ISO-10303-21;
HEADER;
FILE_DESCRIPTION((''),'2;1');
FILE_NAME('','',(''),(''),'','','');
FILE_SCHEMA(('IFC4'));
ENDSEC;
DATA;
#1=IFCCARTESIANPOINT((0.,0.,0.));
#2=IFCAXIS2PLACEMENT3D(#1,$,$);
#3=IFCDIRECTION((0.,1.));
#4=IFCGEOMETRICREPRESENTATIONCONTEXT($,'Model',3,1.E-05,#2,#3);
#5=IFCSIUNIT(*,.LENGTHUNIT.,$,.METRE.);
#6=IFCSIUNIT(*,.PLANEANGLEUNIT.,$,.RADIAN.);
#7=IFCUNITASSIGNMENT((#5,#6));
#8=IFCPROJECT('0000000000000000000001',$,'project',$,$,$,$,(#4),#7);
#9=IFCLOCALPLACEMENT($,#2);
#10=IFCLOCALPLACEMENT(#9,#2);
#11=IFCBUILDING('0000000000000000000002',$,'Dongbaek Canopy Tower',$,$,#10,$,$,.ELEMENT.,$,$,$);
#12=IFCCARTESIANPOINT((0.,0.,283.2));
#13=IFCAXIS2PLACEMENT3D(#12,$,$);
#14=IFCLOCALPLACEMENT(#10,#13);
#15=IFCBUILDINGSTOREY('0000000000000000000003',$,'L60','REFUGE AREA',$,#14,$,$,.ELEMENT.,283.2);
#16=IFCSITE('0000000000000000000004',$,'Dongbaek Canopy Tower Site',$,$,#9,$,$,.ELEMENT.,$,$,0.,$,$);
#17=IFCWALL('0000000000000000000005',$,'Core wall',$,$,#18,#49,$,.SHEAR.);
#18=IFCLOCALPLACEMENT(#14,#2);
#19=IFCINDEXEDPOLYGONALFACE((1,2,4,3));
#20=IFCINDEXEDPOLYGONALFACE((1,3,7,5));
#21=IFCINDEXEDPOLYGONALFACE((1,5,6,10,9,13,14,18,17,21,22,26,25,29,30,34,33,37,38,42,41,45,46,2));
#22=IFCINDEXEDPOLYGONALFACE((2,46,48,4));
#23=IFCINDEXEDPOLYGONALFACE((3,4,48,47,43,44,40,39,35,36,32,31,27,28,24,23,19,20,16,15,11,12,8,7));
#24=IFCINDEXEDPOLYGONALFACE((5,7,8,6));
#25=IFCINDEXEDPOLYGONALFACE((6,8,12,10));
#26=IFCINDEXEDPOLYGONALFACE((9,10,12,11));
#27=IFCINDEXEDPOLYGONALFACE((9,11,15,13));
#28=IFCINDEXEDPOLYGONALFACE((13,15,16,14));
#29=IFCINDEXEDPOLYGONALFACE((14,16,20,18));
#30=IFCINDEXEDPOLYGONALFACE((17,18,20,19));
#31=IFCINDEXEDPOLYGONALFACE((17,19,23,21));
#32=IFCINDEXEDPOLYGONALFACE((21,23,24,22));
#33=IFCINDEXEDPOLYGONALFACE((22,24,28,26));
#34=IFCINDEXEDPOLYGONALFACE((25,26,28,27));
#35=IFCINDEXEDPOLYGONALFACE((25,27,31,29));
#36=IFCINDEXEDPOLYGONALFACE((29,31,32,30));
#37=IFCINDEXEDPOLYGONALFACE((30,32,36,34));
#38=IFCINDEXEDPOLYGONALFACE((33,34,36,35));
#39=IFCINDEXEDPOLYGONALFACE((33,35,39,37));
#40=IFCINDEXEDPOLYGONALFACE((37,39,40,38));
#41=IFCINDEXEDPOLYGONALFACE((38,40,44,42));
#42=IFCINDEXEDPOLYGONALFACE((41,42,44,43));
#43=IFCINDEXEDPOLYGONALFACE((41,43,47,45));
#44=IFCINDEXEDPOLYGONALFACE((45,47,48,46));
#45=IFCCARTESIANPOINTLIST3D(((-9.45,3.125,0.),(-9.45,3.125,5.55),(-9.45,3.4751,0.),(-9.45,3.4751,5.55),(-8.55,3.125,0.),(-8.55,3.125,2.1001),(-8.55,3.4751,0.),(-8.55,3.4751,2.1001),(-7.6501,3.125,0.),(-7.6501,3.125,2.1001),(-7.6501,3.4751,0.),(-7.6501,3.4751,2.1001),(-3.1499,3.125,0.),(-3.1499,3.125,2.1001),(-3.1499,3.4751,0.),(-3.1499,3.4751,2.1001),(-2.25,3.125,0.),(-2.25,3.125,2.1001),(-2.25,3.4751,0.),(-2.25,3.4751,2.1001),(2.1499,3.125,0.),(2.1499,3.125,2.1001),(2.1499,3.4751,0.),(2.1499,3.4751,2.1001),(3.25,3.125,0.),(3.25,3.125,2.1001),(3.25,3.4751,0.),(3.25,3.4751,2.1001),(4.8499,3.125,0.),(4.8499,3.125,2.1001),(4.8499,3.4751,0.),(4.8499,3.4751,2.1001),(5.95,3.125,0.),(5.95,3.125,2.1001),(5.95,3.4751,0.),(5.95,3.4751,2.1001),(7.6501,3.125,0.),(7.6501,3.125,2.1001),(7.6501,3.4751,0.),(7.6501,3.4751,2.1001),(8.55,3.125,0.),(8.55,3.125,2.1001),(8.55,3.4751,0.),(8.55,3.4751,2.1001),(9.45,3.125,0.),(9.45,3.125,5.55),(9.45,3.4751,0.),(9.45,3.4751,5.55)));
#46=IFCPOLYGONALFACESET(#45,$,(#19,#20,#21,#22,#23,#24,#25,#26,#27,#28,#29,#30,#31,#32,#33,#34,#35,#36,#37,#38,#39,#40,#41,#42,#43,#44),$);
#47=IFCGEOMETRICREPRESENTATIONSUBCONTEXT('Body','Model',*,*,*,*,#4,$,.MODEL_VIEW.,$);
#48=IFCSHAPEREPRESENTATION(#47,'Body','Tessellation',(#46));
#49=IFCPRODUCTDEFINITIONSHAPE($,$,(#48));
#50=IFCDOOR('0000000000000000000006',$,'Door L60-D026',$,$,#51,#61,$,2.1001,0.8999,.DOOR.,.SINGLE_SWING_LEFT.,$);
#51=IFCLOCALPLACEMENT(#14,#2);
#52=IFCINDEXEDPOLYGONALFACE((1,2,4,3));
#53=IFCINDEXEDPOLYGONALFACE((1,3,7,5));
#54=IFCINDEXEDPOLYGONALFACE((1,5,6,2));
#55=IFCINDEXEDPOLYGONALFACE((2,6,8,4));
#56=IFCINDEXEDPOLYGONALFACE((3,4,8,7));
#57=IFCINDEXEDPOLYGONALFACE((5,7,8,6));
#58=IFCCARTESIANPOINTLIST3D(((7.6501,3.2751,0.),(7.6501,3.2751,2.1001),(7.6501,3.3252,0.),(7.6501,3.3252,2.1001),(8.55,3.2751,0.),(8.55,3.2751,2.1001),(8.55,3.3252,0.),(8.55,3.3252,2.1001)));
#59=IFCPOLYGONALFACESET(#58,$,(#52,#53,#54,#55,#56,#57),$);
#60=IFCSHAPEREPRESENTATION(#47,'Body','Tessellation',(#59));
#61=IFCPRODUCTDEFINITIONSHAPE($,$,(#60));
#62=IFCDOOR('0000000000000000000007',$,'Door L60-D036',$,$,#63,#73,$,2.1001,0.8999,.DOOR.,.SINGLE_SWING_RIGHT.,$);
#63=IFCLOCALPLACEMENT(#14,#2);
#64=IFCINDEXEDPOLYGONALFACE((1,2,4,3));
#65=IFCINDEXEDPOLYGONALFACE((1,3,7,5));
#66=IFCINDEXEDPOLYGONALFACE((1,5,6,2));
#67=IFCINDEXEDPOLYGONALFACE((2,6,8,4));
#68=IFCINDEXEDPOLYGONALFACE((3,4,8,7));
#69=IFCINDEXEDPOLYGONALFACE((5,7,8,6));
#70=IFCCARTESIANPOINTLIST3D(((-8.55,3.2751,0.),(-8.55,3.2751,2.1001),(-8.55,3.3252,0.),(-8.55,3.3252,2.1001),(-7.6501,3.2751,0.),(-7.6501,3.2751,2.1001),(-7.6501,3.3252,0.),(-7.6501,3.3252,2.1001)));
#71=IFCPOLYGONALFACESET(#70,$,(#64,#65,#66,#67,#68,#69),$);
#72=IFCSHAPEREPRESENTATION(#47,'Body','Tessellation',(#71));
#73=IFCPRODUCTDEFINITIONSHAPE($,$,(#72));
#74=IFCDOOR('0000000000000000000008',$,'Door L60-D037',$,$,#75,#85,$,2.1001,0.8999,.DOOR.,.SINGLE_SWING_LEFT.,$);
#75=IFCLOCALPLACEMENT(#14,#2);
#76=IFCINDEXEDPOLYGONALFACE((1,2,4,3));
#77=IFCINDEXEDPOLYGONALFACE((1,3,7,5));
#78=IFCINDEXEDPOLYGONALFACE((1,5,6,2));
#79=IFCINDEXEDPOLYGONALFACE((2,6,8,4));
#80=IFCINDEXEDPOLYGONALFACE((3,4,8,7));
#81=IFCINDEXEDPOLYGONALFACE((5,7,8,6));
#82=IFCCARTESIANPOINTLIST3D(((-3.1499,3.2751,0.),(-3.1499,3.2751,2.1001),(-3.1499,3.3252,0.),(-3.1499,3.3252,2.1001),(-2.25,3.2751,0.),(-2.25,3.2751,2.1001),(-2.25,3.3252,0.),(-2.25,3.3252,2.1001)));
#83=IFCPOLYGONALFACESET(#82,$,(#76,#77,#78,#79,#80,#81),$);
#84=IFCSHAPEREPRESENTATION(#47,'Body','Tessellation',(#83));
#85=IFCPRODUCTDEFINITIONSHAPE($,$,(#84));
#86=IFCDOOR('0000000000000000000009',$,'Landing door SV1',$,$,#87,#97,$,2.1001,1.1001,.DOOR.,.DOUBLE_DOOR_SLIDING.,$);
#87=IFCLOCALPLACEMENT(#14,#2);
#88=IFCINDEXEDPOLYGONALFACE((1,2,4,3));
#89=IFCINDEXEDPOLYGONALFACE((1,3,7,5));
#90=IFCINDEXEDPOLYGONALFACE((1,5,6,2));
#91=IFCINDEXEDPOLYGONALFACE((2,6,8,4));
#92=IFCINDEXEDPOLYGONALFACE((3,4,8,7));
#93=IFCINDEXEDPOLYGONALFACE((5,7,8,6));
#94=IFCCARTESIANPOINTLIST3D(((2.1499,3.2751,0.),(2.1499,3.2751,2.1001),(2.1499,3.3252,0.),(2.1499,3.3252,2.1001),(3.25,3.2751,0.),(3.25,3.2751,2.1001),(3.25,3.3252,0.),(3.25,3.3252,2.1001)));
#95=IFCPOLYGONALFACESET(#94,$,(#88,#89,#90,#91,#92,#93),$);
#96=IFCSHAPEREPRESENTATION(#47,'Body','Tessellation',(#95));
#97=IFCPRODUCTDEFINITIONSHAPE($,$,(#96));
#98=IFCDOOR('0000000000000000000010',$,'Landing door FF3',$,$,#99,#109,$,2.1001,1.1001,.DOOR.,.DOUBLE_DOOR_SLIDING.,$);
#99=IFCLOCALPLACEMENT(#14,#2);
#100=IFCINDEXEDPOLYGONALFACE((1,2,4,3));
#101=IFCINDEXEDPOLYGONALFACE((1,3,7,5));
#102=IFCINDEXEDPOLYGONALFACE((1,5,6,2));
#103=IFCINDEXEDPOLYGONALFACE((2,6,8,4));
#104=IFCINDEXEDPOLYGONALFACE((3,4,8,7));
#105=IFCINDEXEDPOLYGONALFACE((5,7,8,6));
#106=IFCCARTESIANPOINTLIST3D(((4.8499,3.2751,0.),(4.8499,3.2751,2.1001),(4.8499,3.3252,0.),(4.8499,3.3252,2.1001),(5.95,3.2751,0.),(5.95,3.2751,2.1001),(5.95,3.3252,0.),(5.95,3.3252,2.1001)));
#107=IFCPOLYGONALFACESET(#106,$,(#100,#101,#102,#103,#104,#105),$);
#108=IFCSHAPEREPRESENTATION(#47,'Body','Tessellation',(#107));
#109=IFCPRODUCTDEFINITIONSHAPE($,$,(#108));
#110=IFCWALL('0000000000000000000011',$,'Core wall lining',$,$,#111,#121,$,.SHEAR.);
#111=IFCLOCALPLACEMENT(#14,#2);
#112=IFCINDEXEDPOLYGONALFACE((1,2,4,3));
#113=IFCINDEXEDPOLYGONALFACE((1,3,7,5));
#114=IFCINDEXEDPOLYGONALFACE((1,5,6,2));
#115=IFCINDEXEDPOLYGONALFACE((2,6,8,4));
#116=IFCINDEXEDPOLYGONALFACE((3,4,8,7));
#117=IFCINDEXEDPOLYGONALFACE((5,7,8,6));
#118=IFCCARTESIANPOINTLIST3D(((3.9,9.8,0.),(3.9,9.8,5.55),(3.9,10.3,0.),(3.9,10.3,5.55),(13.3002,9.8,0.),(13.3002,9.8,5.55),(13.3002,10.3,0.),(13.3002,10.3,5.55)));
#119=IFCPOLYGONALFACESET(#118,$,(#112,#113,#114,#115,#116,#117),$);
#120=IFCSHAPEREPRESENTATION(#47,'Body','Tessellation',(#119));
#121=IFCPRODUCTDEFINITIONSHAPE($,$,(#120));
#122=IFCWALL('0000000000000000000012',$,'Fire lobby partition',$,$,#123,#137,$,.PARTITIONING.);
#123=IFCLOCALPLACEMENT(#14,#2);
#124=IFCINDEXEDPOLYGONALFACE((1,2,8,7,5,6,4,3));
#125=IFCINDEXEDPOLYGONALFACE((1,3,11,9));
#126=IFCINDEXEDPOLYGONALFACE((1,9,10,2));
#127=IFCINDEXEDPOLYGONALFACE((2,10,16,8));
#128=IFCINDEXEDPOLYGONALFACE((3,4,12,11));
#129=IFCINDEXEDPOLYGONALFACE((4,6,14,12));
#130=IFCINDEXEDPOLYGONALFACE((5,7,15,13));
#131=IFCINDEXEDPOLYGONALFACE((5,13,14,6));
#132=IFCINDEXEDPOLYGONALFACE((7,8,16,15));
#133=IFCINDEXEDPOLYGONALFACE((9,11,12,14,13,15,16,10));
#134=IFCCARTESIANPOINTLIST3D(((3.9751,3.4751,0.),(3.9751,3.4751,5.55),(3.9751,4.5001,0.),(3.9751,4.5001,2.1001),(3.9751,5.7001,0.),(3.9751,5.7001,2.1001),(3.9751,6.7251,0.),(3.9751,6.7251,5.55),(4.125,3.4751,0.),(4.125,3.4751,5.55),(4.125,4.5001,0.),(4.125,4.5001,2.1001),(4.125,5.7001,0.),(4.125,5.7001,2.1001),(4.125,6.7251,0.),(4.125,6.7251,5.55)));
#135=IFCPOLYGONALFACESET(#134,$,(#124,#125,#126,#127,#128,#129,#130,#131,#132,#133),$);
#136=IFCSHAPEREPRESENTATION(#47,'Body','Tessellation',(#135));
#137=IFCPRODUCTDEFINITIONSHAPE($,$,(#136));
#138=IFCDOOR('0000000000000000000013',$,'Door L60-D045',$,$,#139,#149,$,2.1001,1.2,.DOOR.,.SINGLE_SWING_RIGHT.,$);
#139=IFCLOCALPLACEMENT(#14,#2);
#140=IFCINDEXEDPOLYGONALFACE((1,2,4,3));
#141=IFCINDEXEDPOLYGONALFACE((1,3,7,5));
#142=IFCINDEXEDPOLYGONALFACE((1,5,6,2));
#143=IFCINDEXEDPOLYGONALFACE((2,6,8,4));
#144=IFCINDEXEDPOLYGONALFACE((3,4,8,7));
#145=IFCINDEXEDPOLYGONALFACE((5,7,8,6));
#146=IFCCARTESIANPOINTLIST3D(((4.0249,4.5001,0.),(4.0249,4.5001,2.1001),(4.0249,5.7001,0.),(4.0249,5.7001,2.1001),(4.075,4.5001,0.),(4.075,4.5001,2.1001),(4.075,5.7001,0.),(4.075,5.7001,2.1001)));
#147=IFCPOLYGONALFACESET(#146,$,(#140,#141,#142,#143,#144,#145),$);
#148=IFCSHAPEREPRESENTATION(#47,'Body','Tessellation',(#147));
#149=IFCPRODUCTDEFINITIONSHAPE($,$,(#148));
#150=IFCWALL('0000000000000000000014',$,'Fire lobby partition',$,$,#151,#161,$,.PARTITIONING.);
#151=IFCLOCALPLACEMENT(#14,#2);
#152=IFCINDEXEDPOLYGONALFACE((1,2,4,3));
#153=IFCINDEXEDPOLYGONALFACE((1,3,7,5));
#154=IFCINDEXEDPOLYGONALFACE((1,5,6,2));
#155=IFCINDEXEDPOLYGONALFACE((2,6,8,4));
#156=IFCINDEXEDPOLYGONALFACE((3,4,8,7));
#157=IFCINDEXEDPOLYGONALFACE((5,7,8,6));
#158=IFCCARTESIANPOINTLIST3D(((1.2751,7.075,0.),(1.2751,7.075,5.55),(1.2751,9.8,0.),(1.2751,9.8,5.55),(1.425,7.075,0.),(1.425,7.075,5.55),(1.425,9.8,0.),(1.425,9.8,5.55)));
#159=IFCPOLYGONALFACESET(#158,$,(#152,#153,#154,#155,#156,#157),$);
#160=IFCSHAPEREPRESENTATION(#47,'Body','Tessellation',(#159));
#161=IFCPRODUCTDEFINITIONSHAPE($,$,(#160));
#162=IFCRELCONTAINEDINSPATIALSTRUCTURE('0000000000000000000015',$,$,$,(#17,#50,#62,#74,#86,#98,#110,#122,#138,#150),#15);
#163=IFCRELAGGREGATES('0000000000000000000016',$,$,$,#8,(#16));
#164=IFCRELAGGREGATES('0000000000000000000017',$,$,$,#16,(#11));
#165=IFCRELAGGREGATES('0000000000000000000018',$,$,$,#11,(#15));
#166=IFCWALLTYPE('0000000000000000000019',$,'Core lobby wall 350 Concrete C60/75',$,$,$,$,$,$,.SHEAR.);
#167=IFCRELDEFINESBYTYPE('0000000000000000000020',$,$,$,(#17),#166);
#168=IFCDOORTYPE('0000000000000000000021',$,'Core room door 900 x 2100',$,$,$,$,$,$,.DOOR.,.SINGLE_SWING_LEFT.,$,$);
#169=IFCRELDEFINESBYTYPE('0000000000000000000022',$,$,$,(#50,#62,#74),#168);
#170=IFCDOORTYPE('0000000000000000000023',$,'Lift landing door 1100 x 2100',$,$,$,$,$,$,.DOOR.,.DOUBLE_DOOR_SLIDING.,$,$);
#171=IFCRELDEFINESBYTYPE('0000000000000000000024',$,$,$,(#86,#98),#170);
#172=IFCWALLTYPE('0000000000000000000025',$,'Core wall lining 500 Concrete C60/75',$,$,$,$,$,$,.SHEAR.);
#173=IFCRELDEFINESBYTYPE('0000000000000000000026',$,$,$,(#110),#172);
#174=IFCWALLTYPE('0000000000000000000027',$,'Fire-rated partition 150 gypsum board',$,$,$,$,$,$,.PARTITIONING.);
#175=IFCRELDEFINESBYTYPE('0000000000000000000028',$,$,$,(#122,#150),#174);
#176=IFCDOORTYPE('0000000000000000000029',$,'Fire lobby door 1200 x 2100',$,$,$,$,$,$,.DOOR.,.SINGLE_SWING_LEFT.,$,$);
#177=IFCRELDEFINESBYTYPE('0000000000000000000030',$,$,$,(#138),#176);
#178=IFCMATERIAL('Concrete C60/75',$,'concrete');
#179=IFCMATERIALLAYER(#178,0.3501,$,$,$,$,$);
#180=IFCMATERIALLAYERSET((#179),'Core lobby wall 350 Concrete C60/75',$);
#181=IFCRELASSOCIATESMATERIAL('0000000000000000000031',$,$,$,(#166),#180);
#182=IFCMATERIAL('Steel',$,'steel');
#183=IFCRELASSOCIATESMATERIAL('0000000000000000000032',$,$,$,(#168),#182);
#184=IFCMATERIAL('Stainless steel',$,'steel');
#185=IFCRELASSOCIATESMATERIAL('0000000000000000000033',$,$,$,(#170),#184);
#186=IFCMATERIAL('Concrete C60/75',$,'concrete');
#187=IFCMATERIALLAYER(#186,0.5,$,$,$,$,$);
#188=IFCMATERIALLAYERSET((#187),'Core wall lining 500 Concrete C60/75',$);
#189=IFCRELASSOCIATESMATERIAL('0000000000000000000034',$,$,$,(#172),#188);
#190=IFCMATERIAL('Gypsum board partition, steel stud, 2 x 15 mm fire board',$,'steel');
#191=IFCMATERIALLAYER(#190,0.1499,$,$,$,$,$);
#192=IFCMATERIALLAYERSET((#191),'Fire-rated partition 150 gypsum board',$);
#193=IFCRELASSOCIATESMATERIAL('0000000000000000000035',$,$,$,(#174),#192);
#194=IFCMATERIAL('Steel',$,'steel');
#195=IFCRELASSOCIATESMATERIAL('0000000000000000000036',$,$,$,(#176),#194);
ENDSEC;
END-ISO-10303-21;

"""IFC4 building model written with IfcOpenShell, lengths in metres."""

from ifc_helpers import new_model, si_unit, direction, frame, frame_2d, origin, place, context, subcontext, project, spatial, rectangle, extrude, material, layer, layer_set, type_object, element, fill, save


model = new_model("IFC4")

# Units and contexts
model_context = context("Model", 3, precision=1e-05, world=origin(), true_north=direction((0.0, 1.0)))
body_context = subcontext(model_context, "Body", "Model", "MODEL_VIEW")
ifc_project = project(units=[si_unit("LENGTHUNIT", "METRE"), si_unit("PLANEANGLEUNIT", "RADIAN")], contexts=[model_context])

# Site, building, storey
site_placement = place(None, origin())
site = spatial("IfcSite", under=ifc_project, at=site_placement, Name="Dongbaek Canopy Tower Site", CompositionType="ELEMENT", RefElevation=0.0)
building_placement = place(site_placement, origin())
building = spatial("IfcBuilding", under=site, at=building_placement, Name="Dongbaek Canopy Tower", CompositionType="ELEMENT")
storey_placement = place(building_placement, frame((0.0, 0.0, 283.2)))
storey = spatial("IfcBuildingStorey", under=building, at=storey_placement, Name="L60", Description="REFUGE AREA", CompositionType="ELEMENT", Elevation=283.2)

# Wall, openings, doors
ifc_material_1 = material(Name="Concrete C60/75", Category="concrete")
ifc_layer_1 = layer(ifc_material_1, 0.3501)
ifc_layer_set_1 = layer_set([ifc_layer_1], Name="Core lobby wall 350 Concrete C60/75")
wall_type_1 = type_object("IfcWallType", Name="Core lobby wall 350 Concrete C60/75", PredefinedType="SHEAR", material=ifc_layer_set_1)
wall_1_placement = place(storey_placement, frame((9.45, 3.3, 0.0), z_axis=(0.0, 0.0, 1.0), x_axis=(-1.0, 0.0, 0.0)))
wall_1 = element("IfcWall", 1, at=wall_1_placement, inside=storey, type_object=wall_type_1, Name="Core wall", PredefinedType="SHEAR", context=body_context, shape_type="SweptSolid", body=[
    extrude(rectangle(XDim=18.8999, YDim=0.3501, at=frame_2d((9.45, 0.0))), origin(), (0.0, 0.0, 1.0), 5.55),
])
opening_1_placement = place(wall_1_placement, frame((6.2, 0.0, 0.0)))
opening_1 = element("IfcOpeningElement", 2, at=opening_1_placement, cuts=wall_1, PredefinedType="OPENING", context=body_context, shape_type="SweptSolid", body=[
    extrude(rectangle(XDim=1.1001, YDim=2.1001, at=frame_2d((0.55, 1.05))), frame((0.0, 0.1851, 0.0), z_axis=(0.0, -1.0, 0.0), x_axis=(1.0, 0.0, 0.0)), (0.0, 0.0, 1.0), 0.3701),
])
opening_2_placement = place(wall_1_placement, frame((3.5, 0.0, 0.0)))
opening_2 = element("IfcOpeningElement", 3, at=opening_2_placement, cuts=wall_1, PredefinedType="OPENING", context=body_context, shape_type="SweptSolid", body=[
    extrude(rectangle(XDim=1.1001, YDim=2.1001, at=frame_2d((0.55, 1.05))), frame((0.0, 0.1851, 0.0), z_axis=(0.0, -1.0, 0.0), x_axis=(1.0, 0.0, 0.0)), (0.0, 0.0, 1.0), 0.3701),
])
opening_3_placement = place(wall_1_placement, frame((0.8999, 0.0, 0.0)))
opening_3 = element("IfcOpeningElement", 4, at=opening_3_placement, cuts=wall_1, PredefinedType="OPENING", context=body_context, shape_type="SweptSolid", body=[
    extrude(rectangle(XDim=0.8999, YDim=2.1001, at=frame_2d((0.45, 1.05))), frame((0.0, 0.1851, 0.0), z_axis=(0.0, -1.0, 0.0), x_axis=(1.0, 0.0, 0.0)), (0.0, 0.0, 1.0), 0.3701),
])
opening_4_placement = place(wall_1_placement, frame((17.1001, 0.0, 0.0)))
opening_4 = element("IfcOpeningElement", 5, at=opening_4_placement, cuts=wall_1, PredefinedType="OPENING", context=body_context, shape_type="SweptSolid", body=[
    extrude(rectangle(XDim=0.8999, YDim=2.1001, at=frame_2d((0.45, 1.05))), frame((0.0, 0.1851, 0.0), z_axis=(0.0, -1.0, 0.0), x_axis=(1.0, 0.0, 0.0)), (0.0, 0.0, 1.0), 0.3701),
])
opening_5_placement = place(wall_1_placement, frame((11.7, 0.0, 0.0)))
opening_5 = element("IfcOpeningElement", 6, at=opening_5_placement, cuts=wall_1, PredefinedType="OPENING", context=body_context, shape_type="SweptSolid", body=[
    extrude(rectangle(XDim=0.8999, YDim=2.1001, at=frame_2d((0.45, 1.05))), frame((0.0, 0.1851, 0.0), z_axis=(0.0, -1.0, 0.0), x_axis=(1.0, 0.0, 0.0)), (0.0, 0.0, 1.0), 0.3701),
])
ifc_material_2 = material(Name="Steel", Category="steel")
door_type_1 = type_object("IfcDoorType", Name="Core room door 900 x 2100", OperationType="SINGLE_SWING_LEFT", PredefinedType="DOOR", material=ifc_material_2)
door_1_placement = place(opening_3_placement, origin())
door_1 = element("IfcDoor", 7, at=door_1_placement, inside=storey, type_object=door_type_1, Name="Door L60-D026", OperationType="SINGLE_SWING_LEFT", OverallHeight=2.1001, OverallWidth=0.8999, PredefinedType="DOOR", context=body_context, shape_type="SweptSolid", body=[
    extrude(rectangle(XDim=0.8999, YDim=2.1001, at=frame_2d((0.45, 1.05))), frame((0.0, 0.0249, 0.0), z_axis=(0.0, -1.0, 0.0), x_axis=(1.0, 0.0, 0.0)), (0.0, 0.0, 1.0), 0.05),
])
fill(opening_3, door_1)
door_2_placement = place(opening_4_placement, origin())
door_2 = element("IfcDoor", 8, at=door_2_placement, inside=storey, type_object=door_type_1, Name="Door L60-D036", OperationType="SINGLE_SWING_RIGHT", OverallHeight=2.1001, OverallWidth=0.8999, PredefinedType="DOOR", context=body_context, shape_type="SweptSolid", body=[
    extrude(rectangle(XDim=0.8999, YDim=2.1001, at=frame_2d((0.45, 1.05))), frame((0.0, 0.0249, 0.0), z_axis=(0.0, -1.0, 0.0), x_axis=(1.0, 0.0, 0.0)), (0.0, 0.0, 1.0), 0.05),
])
fill(opening_4, door_2)
door_3_placement = place(opening_5_placement, origin())
door_3 = element("IfcDoor", 9, at=door_3_placement, inside=storey, type_object=door_type_1, Name="Door L60-D037", OperationType="SINGLE_SWING_LEFT", OverallHeight=2.1001, OverallWidth=0.8999, PredefinedType="DOOR", context=body_context, shape_type="SweptSolid", body=[
    extrude(rectangle(XDim=0.8999, YDim=2.1001, at=frame_2d((0.45, 1.05))), frame((0.0, 0.0249, 0.0), z_axis=(0.0, -1.0, 0.0), x_axis=(1.0, 0.0, 0.0)), (0.0, 0.0, 1.0), 0.05),
])
fill(opening_5, door_3)
ifc_material_3 = material(Name="Stainless steel", Category="steel")
door_type_2 = type_object("IfcDoorType", Name="Lift landing door 1100 x 2100", OperationType="DOUBLE_DOOR_SLIDING", PredefinedType="DOOR", material=ifc_material_3)
door_4_placement = place(opening_1_placement, origin())
door_4 = element("IfcDoor", 10, at=door_4_placement, inside=storey, type_object=door_type_2, Name="Landing door SV1", OperationType="DOUBLE_DOOR_SLIDING", OverallHeight=2.1001, OverallWidth=1.1001, PredefinedType="DOOR", context=body_context, shape_type="SweptSolid", body=[
    extrude(rectangle(XDim=1.1001, YDim=2.1001, at=frame_2d((0.55, 1.05))), frame((0.0, 0.0249, 0.0), z_axis=(0.0, -1.0, 0.0), x_axis=(1.0, 0.0, 0.0)), (0.0, 0.0, 1.0), 0.05),
])
fill(opening_1, door_4)
door_5_placement = place(opening_2_placement, origin())
door_5 = element("IfcDoor", 11, at=door_5_placement, inside=storey, type_object=door_type_2, Name="Landing door FF3", OperationType="DOUBLE_DOOR_SLIDING", OverallHeight=2.1001, OverallWidth=1.1001, PredefinedType="DOOR", context=body_context, shape_type="SweptSolid", body=[
    extrude(rectangle(XDim=1.1001, YDim=2.1001, at=frame_2d((0.55, 1.05))), frame((0.0, 0.0249, 0.0), z_axis=(0.0, -1.0, 0.0), x_axis=(1.0, 0.0, 0.0)), (0.0, 0.0, 1.0), 0.05),
])
fill(opening_2, door_5)

# Wall
ifc_material_4 = material(Name="Concrete C60/75", Category="concrete")
ifc_layer_2 = layer(ifc_material_4, 0.5)
ifc_layer_set_2 = layer_set([ifc_layer_2], Name="Core wall lining 500 Concrete C60/75")
wall_type_2 = type_object("IfcWallType", Name="Core wall lining 500 Concrete C60/75", PredefinedType="SHEAR", material=ifc_layer_set_2)
wall_2_placement = place(storey_placement, frame((3.8999, 10.05, 0.0), z_axis=(0.0, 0.0, 1.0), x_axis=(1.0, 0.0, 0.0)))
element("IfcWall", 12, at=wall_2_placement, inside=storey, type_object=wall_type_2, Name="Core wall lining", PredefinedType="SHEAR", context=body_context, shape_type="SweptSolid", body=[
    extrude(rectangle(XDim=9.4001, YDim=0.5, at=frame_2d((4.7002, 0.0))), origin(), (0.0, 0.0, 1.0), 5.55),
])

# Wall, opening, door
ifc_material_5 = material(Name="Gypsum board partition, steel stud, 2 x 15 mm fire board", Category="steel")
ifc_layer_3 = layer(ifc_material_5, 0.1499)
ifc_layer_set_3 = layer_set([ifc_layer_3], Name="Fire-rated partition 150 gypsum board")
wall_type_3 = type_object("IfcWallType", Name="Fire-rated partition 150 gypsum board", PredefinedType="PARTITIONING", material=ifc_layer_set_3)
wall_3_placement = place(storey_placement, frame((4.05, 6.7251, 0.0), z_axis=(0.0, 0.0, 1.0), x_axis=(0.0, -1.0, 0.0)))
wall_3 = element("IfcWall", 13, at=wall_3_placement, inside=storey, type_object=wall_type_3, Name="Fire lobby partition", PredefinedType="PARTITIONING", context=body_context, shape_type="SweptSolid", body=[
    extrude(rectangle(XDim=3.25, YDim=0.1499, at=frame_2d((1.625, 0.0))), origin(), (0.0, 0.0, 1.0), 5.55),
])
opening_6_placement = place(wall_3_placement, frame((1.0249, 0.0, 0.0)))
opening_6 = element("IfcOpeningElement", 14, at=opening_6_placement, cuts=wall_3, PredefinedType="OPENING", context=body_context, shape_type="SweptSolid", body=[
    extrude(rectangle(XDim=1.2, YDim=2.1001, at=frame_2d((0.6001, 1.05))), frame((0.0, 0.085, 0.0), z_axis=(0.0, -1.0, 0.0), x_axis=(1.0, 0.0, 0.0)), (0.0, 0.0, 1.0), 0.1699),
])
ifc_material_6 = material(Name="Steel", Category="steel")
door_type_3 = type_object("IfcDoorType", Name="Fire lobby door 1200 x 2100", OperationType="SINGLE_SWING_LEFT", PredefinedType="DOOR", material=ifc_material_6)
door_6_placement = place(opening_6_placement, origin())
door_6 = element("IfcDoor", 15, at=door_6_placement, inside=storey, type_object=door_type_3, Name="Door L60-D045", OperationType="SINGLE_SWING_RIGHT", OverallHeight=2.1001, OverallWidth=1.2, PredefinedType="DOOR", context=body_context, shape_type="SweptSolid", body=[
    extrude(rectangle(XDim=1.2, YDim=2.1001, at=frame_2d((0.6001, 1.05))), frame((0.0, 0.0249, 0.0), z_axis=(0.0, -1.0, 0.0), x_axis=(1.0, 0.0, 0.0)), (0.0, 0.0, 1.0), 0.05),
])
fill(opening_6, door_6)

# Wall
wall_4_placement = place(storey_placement, frame((1.3501, 7.075, 0.0), z_axis=(0.0, 0.0, 1.0), x_axis=(0.0, 1.0, 0.0)))
element("IfcWall", 16, at=wall_4_placement, inside=storey, type_object=wall_type_3, Name="Fire lobby partition", PredefinedType="PARTITIONING", context=body_context, shape_type="SweptSolid", body=[
    extrude(rectangle(XDim=2.7251, YDim=0.1499, at=frame_2d((1.3625, 0.0))), origin(), (0.0, 0.0, 1.0), 5.55),
])

save(model, "model.ifc")
